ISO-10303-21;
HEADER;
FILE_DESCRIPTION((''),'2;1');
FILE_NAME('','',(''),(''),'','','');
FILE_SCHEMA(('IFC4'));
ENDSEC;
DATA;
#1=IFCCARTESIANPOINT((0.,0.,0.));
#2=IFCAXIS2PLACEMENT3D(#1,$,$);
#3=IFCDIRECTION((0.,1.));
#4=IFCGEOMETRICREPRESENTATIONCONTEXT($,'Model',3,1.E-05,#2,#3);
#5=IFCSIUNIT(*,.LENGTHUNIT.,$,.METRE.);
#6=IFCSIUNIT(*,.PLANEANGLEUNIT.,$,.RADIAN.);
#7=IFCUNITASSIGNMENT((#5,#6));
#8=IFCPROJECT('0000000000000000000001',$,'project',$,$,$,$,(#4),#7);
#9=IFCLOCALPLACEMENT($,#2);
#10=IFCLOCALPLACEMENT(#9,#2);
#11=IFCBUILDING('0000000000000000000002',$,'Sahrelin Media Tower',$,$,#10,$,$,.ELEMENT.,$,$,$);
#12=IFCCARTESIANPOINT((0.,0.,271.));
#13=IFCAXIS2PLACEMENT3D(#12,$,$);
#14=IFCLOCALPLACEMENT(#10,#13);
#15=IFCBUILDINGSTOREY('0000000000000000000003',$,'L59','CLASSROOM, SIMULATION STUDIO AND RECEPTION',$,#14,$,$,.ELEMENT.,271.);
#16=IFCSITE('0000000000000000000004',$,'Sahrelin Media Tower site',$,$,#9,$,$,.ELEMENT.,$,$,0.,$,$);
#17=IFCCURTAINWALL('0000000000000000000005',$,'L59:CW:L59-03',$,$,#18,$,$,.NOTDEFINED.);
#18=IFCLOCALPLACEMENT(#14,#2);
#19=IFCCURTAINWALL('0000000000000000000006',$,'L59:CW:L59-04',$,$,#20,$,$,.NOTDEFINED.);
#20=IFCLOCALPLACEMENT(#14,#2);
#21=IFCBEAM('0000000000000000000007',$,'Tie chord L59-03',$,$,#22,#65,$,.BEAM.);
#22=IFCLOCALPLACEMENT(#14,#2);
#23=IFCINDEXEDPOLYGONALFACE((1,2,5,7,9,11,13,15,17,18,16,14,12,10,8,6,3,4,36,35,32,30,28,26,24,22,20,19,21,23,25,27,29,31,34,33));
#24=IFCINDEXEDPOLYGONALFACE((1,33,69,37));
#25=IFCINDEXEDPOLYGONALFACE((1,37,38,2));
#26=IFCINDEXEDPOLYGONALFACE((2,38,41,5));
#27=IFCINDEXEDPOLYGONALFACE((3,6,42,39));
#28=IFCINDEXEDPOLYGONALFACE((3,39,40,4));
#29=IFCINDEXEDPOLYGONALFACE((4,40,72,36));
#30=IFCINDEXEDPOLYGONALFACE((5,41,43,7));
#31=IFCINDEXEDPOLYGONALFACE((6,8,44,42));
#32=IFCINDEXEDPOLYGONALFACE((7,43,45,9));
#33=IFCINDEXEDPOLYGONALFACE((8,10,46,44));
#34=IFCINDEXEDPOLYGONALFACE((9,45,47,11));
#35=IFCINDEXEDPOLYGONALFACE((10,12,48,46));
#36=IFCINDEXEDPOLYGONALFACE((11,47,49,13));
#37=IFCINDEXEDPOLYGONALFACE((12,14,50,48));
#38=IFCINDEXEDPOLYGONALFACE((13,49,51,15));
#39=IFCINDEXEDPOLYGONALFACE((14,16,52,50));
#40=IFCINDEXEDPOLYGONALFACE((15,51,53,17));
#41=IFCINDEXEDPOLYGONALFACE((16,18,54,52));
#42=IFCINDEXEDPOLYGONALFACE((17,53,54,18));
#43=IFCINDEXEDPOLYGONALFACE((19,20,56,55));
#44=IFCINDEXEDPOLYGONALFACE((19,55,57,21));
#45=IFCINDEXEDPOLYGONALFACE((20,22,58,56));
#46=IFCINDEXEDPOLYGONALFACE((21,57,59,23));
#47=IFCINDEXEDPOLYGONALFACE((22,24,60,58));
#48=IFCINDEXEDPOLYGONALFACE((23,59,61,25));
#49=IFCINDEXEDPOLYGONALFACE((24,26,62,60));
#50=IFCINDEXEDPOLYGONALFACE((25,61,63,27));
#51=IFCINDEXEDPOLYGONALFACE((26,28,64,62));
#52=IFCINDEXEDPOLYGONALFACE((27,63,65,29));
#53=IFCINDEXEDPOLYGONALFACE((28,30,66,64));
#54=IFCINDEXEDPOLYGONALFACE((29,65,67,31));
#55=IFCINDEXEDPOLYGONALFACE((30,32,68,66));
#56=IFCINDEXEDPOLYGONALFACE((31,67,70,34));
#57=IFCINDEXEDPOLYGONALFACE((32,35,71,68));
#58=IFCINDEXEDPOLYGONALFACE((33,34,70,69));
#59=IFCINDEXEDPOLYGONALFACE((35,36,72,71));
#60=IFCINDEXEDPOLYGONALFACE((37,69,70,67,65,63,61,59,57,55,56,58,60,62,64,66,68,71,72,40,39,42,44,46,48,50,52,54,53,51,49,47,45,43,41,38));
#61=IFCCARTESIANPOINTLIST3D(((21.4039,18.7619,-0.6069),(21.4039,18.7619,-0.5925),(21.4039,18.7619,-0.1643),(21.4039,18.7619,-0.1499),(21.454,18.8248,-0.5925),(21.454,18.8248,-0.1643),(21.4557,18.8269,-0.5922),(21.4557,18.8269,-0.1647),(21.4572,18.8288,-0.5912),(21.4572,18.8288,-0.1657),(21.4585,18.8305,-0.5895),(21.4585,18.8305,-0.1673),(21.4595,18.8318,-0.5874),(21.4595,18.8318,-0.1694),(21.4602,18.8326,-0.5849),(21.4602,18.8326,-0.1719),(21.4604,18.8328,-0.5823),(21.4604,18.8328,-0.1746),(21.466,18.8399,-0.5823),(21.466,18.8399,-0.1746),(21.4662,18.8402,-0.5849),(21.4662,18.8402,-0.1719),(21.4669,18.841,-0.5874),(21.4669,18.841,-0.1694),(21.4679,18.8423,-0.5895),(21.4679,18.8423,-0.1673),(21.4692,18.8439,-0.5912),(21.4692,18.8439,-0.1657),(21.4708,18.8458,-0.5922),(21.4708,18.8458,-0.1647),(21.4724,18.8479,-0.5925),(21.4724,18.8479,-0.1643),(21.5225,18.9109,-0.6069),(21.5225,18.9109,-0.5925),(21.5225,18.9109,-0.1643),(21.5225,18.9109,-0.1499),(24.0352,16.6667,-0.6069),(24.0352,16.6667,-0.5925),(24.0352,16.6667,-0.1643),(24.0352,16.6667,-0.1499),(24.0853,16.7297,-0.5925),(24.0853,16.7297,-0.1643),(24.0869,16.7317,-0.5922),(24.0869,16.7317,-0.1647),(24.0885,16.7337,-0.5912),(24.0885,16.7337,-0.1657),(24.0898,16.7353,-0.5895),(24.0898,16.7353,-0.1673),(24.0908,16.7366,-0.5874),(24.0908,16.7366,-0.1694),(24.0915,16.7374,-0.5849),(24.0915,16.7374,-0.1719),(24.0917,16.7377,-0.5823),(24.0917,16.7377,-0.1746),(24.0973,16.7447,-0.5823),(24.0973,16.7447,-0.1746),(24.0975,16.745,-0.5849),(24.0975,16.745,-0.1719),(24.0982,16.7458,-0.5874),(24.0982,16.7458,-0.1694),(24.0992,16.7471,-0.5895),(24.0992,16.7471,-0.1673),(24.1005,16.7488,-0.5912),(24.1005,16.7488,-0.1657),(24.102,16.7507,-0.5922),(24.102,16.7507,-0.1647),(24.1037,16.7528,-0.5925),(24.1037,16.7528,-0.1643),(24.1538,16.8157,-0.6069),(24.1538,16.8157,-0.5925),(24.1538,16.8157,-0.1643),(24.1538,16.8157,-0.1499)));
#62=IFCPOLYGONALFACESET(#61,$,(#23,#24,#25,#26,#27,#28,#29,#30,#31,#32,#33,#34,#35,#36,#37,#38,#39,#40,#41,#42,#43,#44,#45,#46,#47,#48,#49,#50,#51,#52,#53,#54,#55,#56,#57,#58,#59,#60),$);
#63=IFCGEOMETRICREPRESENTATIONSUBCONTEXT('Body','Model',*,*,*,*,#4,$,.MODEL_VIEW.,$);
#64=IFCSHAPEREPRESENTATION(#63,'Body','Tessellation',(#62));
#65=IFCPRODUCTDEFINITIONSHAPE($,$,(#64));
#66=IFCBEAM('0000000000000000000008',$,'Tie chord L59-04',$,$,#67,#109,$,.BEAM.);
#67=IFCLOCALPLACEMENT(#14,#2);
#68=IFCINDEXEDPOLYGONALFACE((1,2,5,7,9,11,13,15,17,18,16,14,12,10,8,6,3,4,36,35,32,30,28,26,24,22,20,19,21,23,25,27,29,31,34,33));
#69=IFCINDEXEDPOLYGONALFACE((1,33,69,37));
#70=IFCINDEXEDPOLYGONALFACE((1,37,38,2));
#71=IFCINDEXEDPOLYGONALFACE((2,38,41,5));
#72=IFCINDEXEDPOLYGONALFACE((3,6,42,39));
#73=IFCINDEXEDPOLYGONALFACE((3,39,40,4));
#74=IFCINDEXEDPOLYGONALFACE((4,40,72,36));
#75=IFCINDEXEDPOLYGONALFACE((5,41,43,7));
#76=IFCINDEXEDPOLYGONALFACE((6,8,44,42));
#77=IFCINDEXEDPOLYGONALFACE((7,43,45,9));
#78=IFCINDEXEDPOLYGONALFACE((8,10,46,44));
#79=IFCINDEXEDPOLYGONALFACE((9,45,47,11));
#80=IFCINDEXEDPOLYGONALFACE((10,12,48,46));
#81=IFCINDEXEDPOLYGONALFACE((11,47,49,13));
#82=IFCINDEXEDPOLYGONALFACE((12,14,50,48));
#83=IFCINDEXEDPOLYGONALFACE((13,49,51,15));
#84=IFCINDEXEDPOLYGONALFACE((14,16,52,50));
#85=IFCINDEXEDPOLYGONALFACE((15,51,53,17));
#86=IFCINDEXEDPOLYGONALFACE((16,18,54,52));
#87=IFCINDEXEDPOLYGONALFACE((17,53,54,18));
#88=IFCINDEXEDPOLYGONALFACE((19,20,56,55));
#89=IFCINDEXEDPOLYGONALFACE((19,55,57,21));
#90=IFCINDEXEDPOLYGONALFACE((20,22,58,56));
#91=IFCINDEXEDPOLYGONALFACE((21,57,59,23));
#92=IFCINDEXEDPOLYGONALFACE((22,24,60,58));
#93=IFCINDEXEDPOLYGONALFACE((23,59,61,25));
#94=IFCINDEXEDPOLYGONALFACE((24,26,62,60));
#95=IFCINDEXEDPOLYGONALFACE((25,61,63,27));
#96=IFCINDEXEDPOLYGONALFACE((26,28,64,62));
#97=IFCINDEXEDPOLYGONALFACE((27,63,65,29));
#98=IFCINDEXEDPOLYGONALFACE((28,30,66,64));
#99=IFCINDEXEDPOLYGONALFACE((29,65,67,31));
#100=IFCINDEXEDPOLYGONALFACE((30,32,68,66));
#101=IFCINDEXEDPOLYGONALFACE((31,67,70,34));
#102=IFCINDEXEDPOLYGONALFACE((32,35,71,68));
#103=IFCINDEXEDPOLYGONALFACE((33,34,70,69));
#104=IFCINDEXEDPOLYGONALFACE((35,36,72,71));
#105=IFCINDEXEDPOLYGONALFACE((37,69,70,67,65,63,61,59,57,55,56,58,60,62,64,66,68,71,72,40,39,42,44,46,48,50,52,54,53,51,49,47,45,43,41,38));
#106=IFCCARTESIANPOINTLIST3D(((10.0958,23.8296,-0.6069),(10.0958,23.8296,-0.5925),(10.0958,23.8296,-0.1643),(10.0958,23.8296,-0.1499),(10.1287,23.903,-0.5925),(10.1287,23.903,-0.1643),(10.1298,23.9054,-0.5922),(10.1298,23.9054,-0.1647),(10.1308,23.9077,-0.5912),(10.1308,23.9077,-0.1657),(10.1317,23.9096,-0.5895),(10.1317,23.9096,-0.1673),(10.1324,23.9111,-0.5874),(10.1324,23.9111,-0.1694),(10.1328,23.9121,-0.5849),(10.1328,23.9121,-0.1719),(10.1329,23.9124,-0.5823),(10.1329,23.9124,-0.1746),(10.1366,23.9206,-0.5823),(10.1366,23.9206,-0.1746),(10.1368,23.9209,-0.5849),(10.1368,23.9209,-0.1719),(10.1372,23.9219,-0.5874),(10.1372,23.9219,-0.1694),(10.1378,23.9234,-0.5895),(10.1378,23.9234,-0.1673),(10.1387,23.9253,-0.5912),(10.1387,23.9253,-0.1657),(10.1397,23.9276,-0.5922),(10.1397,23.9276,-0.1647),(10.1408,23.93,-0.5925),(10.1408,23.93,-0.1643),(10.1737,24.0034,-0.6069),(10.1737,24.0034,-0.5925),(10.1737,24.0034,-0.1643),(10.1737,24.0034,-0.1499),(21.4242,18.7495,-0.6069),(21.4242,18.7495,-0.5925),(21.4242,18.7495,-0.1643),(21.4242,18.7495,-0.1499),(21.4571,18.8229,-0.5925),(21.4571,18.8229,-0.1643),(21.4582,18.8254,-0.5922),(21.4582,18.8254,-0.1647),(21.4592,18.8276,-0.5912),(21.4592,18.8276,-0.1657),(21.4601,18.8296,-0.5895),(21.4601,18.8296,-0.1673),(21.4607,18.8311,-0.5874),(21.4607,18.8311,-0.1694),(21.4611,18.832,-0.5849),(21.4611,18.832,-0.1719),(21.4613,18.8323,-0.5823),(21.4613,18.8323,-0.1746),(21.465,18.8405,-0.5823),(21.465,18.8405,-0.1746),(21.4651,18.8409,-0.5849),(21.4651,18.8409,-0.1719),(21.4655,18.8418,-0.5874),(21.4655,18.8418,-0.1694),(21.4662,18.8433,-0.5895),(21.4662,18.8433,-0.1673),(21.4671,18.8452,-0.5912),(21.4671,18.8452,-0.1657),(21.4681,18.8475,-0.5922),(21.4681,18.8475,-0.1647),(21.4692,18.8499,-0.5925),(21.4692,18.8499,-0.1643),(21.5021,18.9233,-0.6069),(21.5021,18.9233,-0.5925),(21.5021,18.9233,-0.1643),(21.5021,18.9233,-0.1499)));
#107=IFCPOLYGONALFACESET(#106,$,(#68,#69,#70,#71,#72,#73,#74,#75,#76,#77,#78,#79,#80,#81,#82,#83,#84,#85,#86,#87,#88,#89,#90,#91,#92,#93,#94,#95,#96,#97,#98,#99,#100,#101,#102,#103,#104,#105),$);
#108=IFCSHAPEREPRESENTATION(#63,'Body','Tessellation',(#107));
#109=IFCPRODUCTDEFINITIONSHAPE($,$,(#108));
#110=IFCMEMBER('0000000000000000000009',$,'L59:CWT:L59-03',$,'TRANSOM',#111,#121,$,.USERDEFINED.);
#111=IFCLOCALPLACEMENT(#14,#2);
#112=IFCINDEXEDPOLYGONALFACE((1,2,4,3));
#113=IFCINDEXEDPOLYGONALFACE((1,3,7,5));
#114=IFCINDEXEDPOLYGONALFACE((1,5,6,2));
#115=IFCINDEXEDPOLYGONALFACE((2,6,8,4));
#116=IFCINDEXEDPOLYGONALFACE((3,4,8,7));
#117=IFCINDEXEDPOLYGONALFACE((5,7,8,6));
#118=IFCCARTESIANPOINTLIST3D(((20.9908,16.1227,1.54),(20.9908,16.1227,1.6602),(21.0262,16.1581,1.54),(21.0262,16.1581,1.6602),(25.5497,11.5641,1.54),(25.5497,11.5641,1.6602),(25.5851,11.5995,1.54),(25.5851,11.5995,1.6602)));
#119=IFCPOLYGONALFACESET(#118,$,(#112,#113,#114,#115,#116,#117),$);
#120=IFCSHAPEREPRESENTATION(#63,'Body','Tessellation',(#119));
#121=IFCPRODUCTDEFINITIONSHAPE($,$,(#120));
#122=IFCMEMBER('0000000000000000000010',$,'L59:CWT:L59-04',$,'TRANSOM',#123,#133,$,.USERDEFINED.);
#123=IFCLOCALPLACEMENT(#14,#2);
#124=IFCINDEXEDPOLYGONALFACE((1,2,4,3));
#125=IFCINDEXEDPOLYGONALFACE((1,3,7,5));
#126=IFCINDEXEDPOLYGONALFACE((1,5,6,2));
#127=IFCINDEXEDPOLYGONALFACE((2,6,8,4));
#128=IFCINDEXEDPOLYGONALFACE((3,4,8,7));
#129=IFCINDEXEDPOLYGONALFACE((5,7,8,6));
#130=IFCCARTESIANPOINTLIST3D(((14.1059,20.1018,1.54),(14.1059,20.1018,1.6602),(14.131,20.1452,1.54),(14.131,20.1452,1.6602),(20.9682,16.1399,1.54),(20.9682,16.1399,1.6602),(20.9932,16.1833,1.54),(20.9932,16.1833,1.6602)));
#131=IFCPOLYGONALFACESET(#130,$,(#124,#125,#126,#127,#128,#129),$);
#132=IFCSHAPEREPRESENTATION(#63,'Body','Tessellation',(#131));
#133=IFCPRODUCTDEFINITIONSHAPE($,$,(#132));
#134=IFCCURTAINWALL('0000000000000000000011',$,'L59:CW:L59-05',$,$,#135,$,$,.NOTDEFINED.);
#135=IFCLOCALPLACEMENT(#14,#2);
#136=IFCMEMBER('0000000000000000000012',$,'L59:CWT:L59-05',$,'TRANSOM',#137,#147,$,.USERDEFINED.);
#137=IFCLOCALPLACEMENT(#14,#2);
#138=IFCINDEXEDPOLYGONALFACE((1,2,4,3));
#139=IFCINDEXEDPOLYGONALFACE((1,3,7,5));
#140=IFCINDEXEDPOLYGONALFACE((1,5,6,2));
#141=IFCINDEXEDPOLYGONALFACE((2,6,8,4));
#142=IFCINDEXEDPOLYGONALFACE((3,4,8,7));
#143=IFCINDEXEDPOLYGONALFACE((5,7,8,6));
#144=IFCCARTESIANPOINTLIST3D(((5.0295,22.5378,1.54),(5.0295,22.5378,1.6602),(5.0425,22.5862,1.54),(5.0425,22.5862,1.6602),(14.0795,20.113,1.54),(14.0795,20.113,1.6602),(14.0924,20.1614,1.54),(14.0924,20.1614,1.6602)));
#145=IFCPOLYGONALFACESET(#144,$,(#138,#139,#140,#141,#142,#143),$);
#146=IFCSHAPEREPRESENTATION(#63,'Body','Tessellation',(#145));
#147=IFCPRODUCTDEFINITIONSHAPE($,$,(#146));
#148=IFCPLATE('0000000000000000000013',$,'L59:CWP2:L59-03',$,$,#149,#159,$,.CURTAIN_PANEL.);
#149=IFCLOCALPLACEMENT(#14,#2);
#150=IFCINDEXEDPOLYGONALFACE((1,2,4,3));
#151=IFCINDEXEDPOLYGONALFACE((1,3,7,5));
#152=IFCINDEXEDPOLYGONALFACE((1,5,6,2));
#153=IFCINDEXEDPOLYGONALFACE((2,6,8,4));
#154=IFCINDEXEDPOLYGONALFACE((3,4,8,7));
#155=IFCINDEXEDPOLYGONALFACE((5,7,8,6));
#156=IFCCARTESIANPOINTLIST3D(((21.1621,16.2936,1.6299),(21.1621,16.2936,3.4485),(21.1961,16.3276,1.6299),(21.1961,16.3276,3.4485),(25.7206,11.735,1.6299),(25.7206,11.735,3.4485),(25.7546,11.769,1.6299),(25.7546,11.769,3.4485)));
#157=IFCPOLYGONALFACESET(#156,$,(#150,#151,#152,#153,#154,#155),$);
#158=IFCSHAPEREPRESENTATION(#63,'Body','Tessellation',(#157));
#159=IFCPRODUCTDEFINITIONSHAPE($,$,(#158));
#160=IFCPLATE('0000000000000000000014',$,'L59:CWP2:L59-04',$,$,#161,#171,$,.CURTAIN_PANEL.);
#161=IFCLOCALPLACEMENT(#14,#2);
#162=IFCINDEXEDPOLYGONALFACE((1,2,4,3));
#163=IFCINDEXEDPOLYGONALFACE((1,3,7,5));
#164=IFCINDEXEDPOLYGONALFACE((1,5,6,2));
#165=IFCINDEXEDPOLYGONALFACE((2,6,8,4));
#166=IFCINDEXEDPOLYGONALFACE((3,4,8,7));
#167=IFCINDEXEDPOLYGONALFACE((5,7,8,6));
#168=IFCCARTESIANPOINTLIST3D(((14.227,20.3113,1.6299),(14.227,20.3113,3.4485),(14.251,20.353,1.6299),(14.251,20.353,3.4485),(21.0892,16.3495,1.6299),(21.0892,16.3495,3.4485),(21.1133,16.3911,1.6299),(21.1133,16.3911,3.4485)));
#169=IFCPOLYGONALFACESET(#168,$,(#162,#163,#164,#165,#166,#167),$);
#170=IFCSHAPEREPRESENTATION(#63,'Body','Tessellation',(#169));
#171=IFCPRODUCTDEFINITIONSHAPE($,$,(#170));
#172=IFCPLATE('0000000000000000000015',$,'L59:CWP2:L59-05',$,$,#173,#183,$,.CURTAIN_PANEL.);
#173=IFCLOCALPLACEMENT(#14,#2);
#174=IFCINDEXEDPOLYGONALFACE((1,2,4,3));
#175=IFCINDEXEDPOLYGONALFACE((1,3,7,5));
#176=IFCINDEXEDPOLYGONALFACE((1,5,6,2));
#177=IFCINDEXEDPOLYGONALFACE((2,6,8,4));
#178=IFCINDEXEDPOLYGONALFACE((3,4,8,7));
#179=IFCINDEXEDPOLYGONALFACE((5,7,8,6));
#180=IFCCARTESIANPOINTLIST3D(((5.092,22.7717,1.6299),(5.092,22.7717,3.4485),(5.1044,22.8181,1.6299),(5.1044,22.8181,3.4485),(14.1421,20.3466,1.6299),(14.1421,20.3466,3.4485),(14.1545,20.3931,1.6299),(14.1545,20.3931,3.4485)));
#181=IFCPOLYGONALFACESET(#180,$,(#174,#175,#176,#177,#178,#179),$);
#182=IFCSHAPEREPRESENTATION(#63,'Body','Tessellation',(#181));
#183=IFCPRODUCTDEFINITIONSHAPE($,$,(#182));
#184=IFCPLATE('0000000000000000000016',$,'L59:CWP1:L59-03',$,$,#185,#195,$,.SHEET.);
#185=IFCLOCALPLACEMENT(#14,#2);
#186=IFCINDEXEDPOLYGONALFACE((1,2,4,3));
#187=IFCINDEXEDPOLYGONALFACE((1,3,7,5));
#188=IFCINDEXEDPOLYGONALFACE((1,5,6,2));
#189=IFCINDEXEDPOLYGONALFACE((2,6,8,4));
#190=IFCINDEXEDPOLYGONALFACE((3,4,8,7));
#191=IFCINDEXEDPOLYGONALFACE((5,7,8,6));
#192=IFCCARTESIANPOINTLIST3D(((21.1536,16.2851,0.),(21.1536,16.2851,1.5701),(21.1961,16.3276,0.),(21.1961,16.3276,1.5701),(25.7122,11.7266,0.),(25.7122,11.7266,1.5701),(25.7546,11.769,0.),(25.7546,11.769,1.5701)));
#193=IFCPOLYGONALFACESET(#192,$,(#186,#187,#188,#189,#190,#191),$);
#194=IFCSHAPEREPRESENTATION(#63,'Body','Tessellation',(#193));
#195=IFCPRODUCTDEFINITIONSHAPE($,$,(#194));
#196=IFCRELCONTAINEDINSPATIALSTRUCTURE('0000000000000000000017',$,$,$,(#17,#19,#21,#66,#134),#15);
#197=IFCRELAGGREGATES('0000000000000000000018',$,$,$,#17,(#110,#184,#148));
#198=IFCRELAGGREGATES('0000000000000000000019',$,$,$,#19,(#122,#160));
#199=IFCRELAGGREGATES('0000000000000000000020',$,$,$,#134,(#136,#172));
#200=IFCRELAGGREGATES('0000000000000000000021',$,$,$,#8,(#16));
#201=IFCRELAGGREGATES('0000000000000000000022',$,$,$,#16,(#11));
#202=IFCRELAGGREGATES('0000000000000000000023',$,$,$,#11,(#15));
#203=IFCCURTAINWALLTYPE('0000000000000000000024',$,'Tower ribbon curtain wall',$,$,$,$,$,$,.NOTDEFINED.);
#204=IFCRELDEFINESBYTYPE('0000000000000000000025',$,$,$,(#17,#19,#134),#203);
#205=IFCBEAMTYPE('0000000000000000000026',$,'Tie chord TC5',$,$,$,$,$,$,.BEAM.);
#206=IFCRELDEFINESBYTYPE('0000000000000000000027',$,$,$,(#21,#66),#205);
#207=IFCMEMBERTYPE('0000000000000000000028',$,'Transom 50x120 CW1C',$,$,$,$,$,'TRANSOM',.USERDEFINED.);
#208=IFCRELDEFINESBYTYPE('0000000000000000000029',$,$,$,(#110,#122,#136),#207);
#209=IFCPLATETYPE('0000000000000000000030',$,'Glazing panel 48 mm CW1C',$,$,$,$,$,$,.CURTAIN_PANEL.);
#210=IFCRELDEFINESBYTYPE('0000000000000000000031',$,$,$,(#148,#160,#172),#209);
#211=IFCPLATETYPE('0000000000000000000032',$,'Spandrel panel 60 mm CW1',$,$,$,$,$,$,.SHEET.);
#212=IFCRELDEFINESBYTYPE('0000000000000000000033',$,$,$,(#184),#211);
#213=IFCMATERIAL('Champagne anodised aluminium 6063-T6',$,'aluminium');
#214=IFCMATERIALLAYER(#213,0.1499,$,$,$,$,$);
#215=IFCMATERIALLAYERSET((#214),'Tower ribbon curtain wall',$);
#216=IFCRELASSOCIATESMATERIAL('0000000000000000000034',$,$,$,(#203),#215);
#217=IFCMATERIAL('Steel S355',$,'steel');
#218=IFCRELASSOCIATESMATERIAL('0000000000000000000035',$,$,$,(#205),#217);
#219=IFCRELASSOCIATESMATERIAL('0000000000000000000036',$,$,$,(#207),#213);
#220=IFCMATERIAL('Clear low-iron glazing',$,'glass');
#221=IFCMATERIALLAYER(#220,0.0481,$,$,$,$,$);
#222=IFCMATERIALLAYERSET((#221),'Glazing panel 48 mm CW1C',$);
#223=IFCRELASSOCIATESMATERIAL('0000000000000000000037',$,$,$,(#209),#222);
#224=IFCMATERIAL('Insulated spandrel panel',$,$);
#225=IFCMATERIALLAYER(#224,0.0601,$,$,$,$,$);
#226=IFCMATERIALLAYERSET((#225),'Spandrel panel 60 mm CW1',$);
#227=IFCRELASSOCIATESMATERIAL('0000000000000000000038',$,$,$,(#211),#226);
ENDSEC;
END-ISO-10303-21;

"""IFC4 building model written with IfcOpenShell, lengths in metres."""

from ifc_helpers import new_model, si_unit, direction, frame, origin, origin_2d, place, context, subcontext, project, spatial, polyline, rectangle, i_section, outline, extrude, material, layer, layer_set, material_profile, profile_set, type_object, element, aggregate, save


model = new_model("IFC4")

# Units and contexts
model_context = context("Model", 3, precision=1e-05, world=origin(), true_north=direction((0.0, 1.0)))
body_context = subcontext(model_context, "Body", "Model", "MODEL_VIEW")
ifc_project = project(units=[si_unit("LENGTHUNIT", "METRE"), si_unit("PLANEANGLEUNIT", "RADIAN")], contexts=[model_context])

# Site, building, storey
site_placement = place(None, origin())
site = spatial("IfcSite", under=ifc_project, at=site_placement, Name="Sahrelin Media Tower site", CompositionType="ELEMENT", RefElevation=0.0)
building_placement = place(site_placement, origin())
building = spatial("IfcBuilding", under=site, at=building_placement, Name="Sahrelin Media Tower", CompositionType="ELEMENT")
storey_placement = place(building_placement, frame((0.0, 0.0, 271.0)))
storey = spatial("IfcBuildingStorey", under=building, at=storey_placement, Name="L59", Description="CLASSROOM, SIMULATION STUDIO AND RECEPTION", CompositionType="ELEMENT", Elevation=271.0)

# Shared definitions
ifc_material_1 = material(Name="Steel S355", Category="steel")

# Curtain walls
ifc_material_2 = material(Name="Champagne anodised aluminium 6063-T6", Category="aluminium")
ifc_layer_1 = layer(ifc_material_2, 0.1499)
ifc_layer_set_1 = layer_set([ifc_layer_1], Name="Tower ribbon curtain wall")
curtain_wall_type = type_object("IfcCurtainWallType", Name="Tower ribbon curtain wall", PredefinedType="NOTDEFINED", material=ifc_layer_set_1)
curtain_wall_1_placement = place(storey_placement, frame((23.4612, 14.0342, 0.0), z_axis=(0.0, 0.0, 1.0), x_axis=(1.0, 0.0, 0.0)))
curtain_wall_1 = element("IfcCurtainWall", 1, at=curtain_wall_1_placement, inside=storey, type_object=curtain_wall_type, Name="L59:CW:L59-03", PredefinedType="NOTDEFINED")
curtain_wall_2_placement = place(storey_placement, frame((17.6721, 18.355, 0.0), z_axis=(0.0, 0.0, 1.0), x_axis=(1.0, 0.0, 0.0)))
curtain_wall_2 = element("IfcCurtainWall", 2, at=curtain_wall_2_placement, inside=storey, type_object=curtain_wall_type, Name="L59:CW:L59-04", PredefinedType="NOTDEFINED")

# Beams
ifc_material_profile_1 = material_profile(ifc_material_1, i_section(OverallWidth=0.1904, OverallDepth=0.457, WebThickness=0.009, FlangeThickness=0.0144, FilletRadius=0.0103, at=origin_2d()), Name="UB 457x191x74")
ifc_profile_set_1 = profile_set([ifc_material_profile_1], Name="Steel S355")
beam_type_1 = type_object("IfcBeamType", Name="Tie chord TC5", PredefinedType="BEAM", material=ifc_profile_set_1)
beam_1_placement = place(storey_placement, frame((24.0945, 16.7412, -0.3784), z_axis=(-0.782297, 0.622905, 0.0), x_axis=(-0.622905, -0.782297, 0.0)))
element("IfcBeam", 3, at=beam_1_placement, inside=storey, type_object=beam_type_1, Name="Tie chord L59-03", PredefinedType="BEAM", context=body_context, shape_type="SweptSolid", body=[
    extrude(i_section(OverallWidth=0.1904, OverallDepth=0.457, WebThickness=0.009, FlangeThickness=0.0144, FilletRadius=0.0103, at=origin_2d()), origin(), (0.0, 0.0, 1.0), 3.3635),
])
beam_2_placement = place(storey_placement, frame((21.4631, 18.8364, -0.3784), z_axis=(-0.912454, 0.40918, 0.0), x_axis=(-0.40918, -0.912454, 0.0)))
element("IfcBeam", 4, at=beam_2_placement, inside=storey, type_object=beam_type_1, Name="Tie chord L59-04", PredefinedType="BEAM", context=body_context, shape_type="SweptSolid", body=[
    extrude(i_section(OverallWidth=0.1904, OverallDepth=0.457, WebThickness=0.009, FlangeThickness=0.0144, FilletRadius=0.0103, at=origin_2d()), origin(), (0.0, 0.0, 1.0), 12.4153),
])

# Members
ifc_material_profile_2 = material_profile(ifc_material_2, rectangle(XDim=0.05, YDim=0.1201, at=origin_2d()), Name="Transom 50x120")
ifc_profile_set_2 = profile_set([ifc_material_profile_2], Name="Champagne anodised aluminium 6063-T6")
member_type_1 = type_object("IfcMemberType", Name="Transom 50x120 CW1C", ElementType="TRANSOM", PredefinedType="USERDEFINED", material=ifc_profile_set_2)
member_1_placement = place(storey_placement, frame((25.5674, 11.5818, 1.6001), z_axis=(-0.707126, 0.707088, 0.0), x_axis=(-0.707088, -0.707126, 0.0)))
member_1 = element("IfcMember", 5, at=member_1_placement, type_object=member_type_1, Name="L59:CWT:L59-03", ObjectType="TRANSOM", PredefinedType="USERDEFINED", context=body_context, shape_type="SweptSolid", body=[
    extrude(rectangle(XDim=0.05, YDim=0.1201, at=origin_2d()), origin(), (0.0, 0.0, 1.0), 6.447),
])
member_2_placement = place(storey_placement, frame((20.9807, 16.1616, 1.6001), z_axis=(-0.866028, 0.499996, 0.0), x_axis=(-0.499996, -0.866028, 0.0)))
member_2 = element("IfcMember", 6, at=member_2_placement, type_object=member_type_1, Name="L59:CWT:L59-04", ObjectType="TRANSOM", PredefinedType="USERDEFINED", context=body_context, shape_type="SweptSolid", body=[
    extrude(rectangle(XDim=0.05, YDim=0.1201, at=origin_2d()), origin(), (0.0, 0.0, 1.0), 7.9238),
])

# Curtain wall, member
curtain_wall_3_placement = place(storey_placement, frame((9.6243, 21.5862, 0.0), z_axis=(0.0, 0.0, 1.0), x_axis=(1.0, 0.0, 0.0)))
curtain_wall_3 = element("IfcCurtainWall", 7, at=curtain_wall_3_placement, inside=storey, type_object=curtain_wall_type, Name="L59:CW:L59-05", PredefinedType="NOTDEFINED")
member_3_placement = place(storey_placement, frame((14.0859, 20.1372, 1.6001), z_axis=(-0.96593, 0.258804, 0.0), x_axis=(-0.258804, -0.96593, 0.0)))
member_3 = element("IfcMember", 8, at=member_3_placement, type_object=member_type_1, Name="L59:CWT:L59-05", ObjectType="TRANSOM", PredefinedType="USERDEFINED", context=body_context, shape_type="SweptSolid", body=[
    extrude(rectangle(XDim=0.05, YDim=0.1201, at=origin_2d()), origin(), (0.0, 0.0, 1.0), 9.3691),
])

# Plates
ifc_material_3 = material(Name="Clear low-iron glazing", Category="glass")
ifc_layer_2 = layer(ifc_material_3, 0.0481)
ifc_layer_set_2 = layer_set([ifc_layer_2], Name="Glazing panel 48 mm CW1C")
plate_type_1 = type_object("IfcPlateType", Name="Glazing panel 48 mm CW1C", PredefinedType="CURTAIN_PANEL", material=ifc_layer_set_2)
plate_1_placement = place(storey_placement, frame((25.7546, 11.769, 1.6299), z_axis=(0.707107, 0.707107, 0.0), x_axis=(-0.707107, 0.707107, 0.0)))
plate_1 = element("IfcPlate", 9, at=plate_1_placement, type_object=plate_type_1, Name="L59:CWP2:L59-03", PredefinedType="CURTAIN_PANEL", context=body_context, shape_type="SweptSolid", body=[
    extrude(outline(polyline([(0.0, 0.0), (6.4468, 0.0), (6.4468, 1.8186), (0.0, 1.8186), (0.0, 0.0)])), origin(), (0.0, 0.0, -1.0), 0.0481),
])
plate_2_placement = place(storey_placement, frame((21.1133, 16.3911, 1.6299), z_axis=(0.499996, 0.866028, 0.0), x_axis=(-0.866028, 0.499996, 0.0)))
plate_2 = element("IfcPlate", 10, at=plate_2_placement, type_object=plate_type_1, Name="L59:CWP2:L59-04", PredefinedType="CURTAIN_PANEL", context=body_context, shape_type="SweptSolid", body=[
    extrude(outline(polyline([(0.0, 0.0), (7.9238, 0.0), (7.9238, 1.8186), (0.0, 1.8186), (0.0, 0.0)])), origin(), (0.0, 0.0, -1.0), 0.0481),
])
plate_3_placement = place(storey_placement, frame((14.1545, 20.3931, 1.6299), z_axis=(0.258829, 0.965923, 0.0), x_axis=(-0.965923, 0.258829, 0.0)))
plate_3 = element("IfcPlate", 11, at=plate_3_placement, type_object=plate_type_1, Name="L59:CWP2:L59-05", PredefinedType="CURTAIN_PANEL", context=body_context, shape_type="SweptSolid", body=[
    extrude(outline(polyline([(0.0, 0.0), (9.3694, 0.0), (9.3694, 1.8186), (0.0, 1.8186), (0.0, 0.0)])), origin(), (0.0, 0.0, -1.0), 0.0481),
])
ifc_material_4 = material(Name="Insulated spandrel panel")
ifc_layer_3 = layer(ifc_material_4, 0.0601)
ifc_layer_set_3 = layer_set([ifc_layer_3], Name="Spandrel panel 60 mm CW1")
plate_type_2 = type_object("IfcPlateType", Name="Spandrel panel 60 mm CW1", PredefinedType="SHEET", material=ifc_layer_set_3)
plate_4_placement = place(storey_placement, frame((25.7546, 11.769, 0.0), z_axis=(0.707107, 0.707107, 0.0), x_axis=(-0.707107, 0.707107, 0.0)))
plate_4 = element("IfcPlate", 12, at=plate_4_placement, type_object=plate_type_2, Name="L59:CWP1:L59-03", PredefinedType="SHEET", context=body_context, shape_type="SweptSolid", body=[
    extrude(outline(polyline([(0.0, 0.0), (6.4468, 0.0), (6.4468, 1.5701), (0.0, 1.5701), (0.0, 0.0)])), origin(), (0.0, 0.0, -1.0), 0.0601),
])
aggregate(curtain_wall_1, [member_1, plate_4, plate_1])
aggregate(curtain_wall_2, [member_2, plate_2])
aggregate(curtain_wall_3, [member_3, plate_3])

save(model, "model.ifc")
